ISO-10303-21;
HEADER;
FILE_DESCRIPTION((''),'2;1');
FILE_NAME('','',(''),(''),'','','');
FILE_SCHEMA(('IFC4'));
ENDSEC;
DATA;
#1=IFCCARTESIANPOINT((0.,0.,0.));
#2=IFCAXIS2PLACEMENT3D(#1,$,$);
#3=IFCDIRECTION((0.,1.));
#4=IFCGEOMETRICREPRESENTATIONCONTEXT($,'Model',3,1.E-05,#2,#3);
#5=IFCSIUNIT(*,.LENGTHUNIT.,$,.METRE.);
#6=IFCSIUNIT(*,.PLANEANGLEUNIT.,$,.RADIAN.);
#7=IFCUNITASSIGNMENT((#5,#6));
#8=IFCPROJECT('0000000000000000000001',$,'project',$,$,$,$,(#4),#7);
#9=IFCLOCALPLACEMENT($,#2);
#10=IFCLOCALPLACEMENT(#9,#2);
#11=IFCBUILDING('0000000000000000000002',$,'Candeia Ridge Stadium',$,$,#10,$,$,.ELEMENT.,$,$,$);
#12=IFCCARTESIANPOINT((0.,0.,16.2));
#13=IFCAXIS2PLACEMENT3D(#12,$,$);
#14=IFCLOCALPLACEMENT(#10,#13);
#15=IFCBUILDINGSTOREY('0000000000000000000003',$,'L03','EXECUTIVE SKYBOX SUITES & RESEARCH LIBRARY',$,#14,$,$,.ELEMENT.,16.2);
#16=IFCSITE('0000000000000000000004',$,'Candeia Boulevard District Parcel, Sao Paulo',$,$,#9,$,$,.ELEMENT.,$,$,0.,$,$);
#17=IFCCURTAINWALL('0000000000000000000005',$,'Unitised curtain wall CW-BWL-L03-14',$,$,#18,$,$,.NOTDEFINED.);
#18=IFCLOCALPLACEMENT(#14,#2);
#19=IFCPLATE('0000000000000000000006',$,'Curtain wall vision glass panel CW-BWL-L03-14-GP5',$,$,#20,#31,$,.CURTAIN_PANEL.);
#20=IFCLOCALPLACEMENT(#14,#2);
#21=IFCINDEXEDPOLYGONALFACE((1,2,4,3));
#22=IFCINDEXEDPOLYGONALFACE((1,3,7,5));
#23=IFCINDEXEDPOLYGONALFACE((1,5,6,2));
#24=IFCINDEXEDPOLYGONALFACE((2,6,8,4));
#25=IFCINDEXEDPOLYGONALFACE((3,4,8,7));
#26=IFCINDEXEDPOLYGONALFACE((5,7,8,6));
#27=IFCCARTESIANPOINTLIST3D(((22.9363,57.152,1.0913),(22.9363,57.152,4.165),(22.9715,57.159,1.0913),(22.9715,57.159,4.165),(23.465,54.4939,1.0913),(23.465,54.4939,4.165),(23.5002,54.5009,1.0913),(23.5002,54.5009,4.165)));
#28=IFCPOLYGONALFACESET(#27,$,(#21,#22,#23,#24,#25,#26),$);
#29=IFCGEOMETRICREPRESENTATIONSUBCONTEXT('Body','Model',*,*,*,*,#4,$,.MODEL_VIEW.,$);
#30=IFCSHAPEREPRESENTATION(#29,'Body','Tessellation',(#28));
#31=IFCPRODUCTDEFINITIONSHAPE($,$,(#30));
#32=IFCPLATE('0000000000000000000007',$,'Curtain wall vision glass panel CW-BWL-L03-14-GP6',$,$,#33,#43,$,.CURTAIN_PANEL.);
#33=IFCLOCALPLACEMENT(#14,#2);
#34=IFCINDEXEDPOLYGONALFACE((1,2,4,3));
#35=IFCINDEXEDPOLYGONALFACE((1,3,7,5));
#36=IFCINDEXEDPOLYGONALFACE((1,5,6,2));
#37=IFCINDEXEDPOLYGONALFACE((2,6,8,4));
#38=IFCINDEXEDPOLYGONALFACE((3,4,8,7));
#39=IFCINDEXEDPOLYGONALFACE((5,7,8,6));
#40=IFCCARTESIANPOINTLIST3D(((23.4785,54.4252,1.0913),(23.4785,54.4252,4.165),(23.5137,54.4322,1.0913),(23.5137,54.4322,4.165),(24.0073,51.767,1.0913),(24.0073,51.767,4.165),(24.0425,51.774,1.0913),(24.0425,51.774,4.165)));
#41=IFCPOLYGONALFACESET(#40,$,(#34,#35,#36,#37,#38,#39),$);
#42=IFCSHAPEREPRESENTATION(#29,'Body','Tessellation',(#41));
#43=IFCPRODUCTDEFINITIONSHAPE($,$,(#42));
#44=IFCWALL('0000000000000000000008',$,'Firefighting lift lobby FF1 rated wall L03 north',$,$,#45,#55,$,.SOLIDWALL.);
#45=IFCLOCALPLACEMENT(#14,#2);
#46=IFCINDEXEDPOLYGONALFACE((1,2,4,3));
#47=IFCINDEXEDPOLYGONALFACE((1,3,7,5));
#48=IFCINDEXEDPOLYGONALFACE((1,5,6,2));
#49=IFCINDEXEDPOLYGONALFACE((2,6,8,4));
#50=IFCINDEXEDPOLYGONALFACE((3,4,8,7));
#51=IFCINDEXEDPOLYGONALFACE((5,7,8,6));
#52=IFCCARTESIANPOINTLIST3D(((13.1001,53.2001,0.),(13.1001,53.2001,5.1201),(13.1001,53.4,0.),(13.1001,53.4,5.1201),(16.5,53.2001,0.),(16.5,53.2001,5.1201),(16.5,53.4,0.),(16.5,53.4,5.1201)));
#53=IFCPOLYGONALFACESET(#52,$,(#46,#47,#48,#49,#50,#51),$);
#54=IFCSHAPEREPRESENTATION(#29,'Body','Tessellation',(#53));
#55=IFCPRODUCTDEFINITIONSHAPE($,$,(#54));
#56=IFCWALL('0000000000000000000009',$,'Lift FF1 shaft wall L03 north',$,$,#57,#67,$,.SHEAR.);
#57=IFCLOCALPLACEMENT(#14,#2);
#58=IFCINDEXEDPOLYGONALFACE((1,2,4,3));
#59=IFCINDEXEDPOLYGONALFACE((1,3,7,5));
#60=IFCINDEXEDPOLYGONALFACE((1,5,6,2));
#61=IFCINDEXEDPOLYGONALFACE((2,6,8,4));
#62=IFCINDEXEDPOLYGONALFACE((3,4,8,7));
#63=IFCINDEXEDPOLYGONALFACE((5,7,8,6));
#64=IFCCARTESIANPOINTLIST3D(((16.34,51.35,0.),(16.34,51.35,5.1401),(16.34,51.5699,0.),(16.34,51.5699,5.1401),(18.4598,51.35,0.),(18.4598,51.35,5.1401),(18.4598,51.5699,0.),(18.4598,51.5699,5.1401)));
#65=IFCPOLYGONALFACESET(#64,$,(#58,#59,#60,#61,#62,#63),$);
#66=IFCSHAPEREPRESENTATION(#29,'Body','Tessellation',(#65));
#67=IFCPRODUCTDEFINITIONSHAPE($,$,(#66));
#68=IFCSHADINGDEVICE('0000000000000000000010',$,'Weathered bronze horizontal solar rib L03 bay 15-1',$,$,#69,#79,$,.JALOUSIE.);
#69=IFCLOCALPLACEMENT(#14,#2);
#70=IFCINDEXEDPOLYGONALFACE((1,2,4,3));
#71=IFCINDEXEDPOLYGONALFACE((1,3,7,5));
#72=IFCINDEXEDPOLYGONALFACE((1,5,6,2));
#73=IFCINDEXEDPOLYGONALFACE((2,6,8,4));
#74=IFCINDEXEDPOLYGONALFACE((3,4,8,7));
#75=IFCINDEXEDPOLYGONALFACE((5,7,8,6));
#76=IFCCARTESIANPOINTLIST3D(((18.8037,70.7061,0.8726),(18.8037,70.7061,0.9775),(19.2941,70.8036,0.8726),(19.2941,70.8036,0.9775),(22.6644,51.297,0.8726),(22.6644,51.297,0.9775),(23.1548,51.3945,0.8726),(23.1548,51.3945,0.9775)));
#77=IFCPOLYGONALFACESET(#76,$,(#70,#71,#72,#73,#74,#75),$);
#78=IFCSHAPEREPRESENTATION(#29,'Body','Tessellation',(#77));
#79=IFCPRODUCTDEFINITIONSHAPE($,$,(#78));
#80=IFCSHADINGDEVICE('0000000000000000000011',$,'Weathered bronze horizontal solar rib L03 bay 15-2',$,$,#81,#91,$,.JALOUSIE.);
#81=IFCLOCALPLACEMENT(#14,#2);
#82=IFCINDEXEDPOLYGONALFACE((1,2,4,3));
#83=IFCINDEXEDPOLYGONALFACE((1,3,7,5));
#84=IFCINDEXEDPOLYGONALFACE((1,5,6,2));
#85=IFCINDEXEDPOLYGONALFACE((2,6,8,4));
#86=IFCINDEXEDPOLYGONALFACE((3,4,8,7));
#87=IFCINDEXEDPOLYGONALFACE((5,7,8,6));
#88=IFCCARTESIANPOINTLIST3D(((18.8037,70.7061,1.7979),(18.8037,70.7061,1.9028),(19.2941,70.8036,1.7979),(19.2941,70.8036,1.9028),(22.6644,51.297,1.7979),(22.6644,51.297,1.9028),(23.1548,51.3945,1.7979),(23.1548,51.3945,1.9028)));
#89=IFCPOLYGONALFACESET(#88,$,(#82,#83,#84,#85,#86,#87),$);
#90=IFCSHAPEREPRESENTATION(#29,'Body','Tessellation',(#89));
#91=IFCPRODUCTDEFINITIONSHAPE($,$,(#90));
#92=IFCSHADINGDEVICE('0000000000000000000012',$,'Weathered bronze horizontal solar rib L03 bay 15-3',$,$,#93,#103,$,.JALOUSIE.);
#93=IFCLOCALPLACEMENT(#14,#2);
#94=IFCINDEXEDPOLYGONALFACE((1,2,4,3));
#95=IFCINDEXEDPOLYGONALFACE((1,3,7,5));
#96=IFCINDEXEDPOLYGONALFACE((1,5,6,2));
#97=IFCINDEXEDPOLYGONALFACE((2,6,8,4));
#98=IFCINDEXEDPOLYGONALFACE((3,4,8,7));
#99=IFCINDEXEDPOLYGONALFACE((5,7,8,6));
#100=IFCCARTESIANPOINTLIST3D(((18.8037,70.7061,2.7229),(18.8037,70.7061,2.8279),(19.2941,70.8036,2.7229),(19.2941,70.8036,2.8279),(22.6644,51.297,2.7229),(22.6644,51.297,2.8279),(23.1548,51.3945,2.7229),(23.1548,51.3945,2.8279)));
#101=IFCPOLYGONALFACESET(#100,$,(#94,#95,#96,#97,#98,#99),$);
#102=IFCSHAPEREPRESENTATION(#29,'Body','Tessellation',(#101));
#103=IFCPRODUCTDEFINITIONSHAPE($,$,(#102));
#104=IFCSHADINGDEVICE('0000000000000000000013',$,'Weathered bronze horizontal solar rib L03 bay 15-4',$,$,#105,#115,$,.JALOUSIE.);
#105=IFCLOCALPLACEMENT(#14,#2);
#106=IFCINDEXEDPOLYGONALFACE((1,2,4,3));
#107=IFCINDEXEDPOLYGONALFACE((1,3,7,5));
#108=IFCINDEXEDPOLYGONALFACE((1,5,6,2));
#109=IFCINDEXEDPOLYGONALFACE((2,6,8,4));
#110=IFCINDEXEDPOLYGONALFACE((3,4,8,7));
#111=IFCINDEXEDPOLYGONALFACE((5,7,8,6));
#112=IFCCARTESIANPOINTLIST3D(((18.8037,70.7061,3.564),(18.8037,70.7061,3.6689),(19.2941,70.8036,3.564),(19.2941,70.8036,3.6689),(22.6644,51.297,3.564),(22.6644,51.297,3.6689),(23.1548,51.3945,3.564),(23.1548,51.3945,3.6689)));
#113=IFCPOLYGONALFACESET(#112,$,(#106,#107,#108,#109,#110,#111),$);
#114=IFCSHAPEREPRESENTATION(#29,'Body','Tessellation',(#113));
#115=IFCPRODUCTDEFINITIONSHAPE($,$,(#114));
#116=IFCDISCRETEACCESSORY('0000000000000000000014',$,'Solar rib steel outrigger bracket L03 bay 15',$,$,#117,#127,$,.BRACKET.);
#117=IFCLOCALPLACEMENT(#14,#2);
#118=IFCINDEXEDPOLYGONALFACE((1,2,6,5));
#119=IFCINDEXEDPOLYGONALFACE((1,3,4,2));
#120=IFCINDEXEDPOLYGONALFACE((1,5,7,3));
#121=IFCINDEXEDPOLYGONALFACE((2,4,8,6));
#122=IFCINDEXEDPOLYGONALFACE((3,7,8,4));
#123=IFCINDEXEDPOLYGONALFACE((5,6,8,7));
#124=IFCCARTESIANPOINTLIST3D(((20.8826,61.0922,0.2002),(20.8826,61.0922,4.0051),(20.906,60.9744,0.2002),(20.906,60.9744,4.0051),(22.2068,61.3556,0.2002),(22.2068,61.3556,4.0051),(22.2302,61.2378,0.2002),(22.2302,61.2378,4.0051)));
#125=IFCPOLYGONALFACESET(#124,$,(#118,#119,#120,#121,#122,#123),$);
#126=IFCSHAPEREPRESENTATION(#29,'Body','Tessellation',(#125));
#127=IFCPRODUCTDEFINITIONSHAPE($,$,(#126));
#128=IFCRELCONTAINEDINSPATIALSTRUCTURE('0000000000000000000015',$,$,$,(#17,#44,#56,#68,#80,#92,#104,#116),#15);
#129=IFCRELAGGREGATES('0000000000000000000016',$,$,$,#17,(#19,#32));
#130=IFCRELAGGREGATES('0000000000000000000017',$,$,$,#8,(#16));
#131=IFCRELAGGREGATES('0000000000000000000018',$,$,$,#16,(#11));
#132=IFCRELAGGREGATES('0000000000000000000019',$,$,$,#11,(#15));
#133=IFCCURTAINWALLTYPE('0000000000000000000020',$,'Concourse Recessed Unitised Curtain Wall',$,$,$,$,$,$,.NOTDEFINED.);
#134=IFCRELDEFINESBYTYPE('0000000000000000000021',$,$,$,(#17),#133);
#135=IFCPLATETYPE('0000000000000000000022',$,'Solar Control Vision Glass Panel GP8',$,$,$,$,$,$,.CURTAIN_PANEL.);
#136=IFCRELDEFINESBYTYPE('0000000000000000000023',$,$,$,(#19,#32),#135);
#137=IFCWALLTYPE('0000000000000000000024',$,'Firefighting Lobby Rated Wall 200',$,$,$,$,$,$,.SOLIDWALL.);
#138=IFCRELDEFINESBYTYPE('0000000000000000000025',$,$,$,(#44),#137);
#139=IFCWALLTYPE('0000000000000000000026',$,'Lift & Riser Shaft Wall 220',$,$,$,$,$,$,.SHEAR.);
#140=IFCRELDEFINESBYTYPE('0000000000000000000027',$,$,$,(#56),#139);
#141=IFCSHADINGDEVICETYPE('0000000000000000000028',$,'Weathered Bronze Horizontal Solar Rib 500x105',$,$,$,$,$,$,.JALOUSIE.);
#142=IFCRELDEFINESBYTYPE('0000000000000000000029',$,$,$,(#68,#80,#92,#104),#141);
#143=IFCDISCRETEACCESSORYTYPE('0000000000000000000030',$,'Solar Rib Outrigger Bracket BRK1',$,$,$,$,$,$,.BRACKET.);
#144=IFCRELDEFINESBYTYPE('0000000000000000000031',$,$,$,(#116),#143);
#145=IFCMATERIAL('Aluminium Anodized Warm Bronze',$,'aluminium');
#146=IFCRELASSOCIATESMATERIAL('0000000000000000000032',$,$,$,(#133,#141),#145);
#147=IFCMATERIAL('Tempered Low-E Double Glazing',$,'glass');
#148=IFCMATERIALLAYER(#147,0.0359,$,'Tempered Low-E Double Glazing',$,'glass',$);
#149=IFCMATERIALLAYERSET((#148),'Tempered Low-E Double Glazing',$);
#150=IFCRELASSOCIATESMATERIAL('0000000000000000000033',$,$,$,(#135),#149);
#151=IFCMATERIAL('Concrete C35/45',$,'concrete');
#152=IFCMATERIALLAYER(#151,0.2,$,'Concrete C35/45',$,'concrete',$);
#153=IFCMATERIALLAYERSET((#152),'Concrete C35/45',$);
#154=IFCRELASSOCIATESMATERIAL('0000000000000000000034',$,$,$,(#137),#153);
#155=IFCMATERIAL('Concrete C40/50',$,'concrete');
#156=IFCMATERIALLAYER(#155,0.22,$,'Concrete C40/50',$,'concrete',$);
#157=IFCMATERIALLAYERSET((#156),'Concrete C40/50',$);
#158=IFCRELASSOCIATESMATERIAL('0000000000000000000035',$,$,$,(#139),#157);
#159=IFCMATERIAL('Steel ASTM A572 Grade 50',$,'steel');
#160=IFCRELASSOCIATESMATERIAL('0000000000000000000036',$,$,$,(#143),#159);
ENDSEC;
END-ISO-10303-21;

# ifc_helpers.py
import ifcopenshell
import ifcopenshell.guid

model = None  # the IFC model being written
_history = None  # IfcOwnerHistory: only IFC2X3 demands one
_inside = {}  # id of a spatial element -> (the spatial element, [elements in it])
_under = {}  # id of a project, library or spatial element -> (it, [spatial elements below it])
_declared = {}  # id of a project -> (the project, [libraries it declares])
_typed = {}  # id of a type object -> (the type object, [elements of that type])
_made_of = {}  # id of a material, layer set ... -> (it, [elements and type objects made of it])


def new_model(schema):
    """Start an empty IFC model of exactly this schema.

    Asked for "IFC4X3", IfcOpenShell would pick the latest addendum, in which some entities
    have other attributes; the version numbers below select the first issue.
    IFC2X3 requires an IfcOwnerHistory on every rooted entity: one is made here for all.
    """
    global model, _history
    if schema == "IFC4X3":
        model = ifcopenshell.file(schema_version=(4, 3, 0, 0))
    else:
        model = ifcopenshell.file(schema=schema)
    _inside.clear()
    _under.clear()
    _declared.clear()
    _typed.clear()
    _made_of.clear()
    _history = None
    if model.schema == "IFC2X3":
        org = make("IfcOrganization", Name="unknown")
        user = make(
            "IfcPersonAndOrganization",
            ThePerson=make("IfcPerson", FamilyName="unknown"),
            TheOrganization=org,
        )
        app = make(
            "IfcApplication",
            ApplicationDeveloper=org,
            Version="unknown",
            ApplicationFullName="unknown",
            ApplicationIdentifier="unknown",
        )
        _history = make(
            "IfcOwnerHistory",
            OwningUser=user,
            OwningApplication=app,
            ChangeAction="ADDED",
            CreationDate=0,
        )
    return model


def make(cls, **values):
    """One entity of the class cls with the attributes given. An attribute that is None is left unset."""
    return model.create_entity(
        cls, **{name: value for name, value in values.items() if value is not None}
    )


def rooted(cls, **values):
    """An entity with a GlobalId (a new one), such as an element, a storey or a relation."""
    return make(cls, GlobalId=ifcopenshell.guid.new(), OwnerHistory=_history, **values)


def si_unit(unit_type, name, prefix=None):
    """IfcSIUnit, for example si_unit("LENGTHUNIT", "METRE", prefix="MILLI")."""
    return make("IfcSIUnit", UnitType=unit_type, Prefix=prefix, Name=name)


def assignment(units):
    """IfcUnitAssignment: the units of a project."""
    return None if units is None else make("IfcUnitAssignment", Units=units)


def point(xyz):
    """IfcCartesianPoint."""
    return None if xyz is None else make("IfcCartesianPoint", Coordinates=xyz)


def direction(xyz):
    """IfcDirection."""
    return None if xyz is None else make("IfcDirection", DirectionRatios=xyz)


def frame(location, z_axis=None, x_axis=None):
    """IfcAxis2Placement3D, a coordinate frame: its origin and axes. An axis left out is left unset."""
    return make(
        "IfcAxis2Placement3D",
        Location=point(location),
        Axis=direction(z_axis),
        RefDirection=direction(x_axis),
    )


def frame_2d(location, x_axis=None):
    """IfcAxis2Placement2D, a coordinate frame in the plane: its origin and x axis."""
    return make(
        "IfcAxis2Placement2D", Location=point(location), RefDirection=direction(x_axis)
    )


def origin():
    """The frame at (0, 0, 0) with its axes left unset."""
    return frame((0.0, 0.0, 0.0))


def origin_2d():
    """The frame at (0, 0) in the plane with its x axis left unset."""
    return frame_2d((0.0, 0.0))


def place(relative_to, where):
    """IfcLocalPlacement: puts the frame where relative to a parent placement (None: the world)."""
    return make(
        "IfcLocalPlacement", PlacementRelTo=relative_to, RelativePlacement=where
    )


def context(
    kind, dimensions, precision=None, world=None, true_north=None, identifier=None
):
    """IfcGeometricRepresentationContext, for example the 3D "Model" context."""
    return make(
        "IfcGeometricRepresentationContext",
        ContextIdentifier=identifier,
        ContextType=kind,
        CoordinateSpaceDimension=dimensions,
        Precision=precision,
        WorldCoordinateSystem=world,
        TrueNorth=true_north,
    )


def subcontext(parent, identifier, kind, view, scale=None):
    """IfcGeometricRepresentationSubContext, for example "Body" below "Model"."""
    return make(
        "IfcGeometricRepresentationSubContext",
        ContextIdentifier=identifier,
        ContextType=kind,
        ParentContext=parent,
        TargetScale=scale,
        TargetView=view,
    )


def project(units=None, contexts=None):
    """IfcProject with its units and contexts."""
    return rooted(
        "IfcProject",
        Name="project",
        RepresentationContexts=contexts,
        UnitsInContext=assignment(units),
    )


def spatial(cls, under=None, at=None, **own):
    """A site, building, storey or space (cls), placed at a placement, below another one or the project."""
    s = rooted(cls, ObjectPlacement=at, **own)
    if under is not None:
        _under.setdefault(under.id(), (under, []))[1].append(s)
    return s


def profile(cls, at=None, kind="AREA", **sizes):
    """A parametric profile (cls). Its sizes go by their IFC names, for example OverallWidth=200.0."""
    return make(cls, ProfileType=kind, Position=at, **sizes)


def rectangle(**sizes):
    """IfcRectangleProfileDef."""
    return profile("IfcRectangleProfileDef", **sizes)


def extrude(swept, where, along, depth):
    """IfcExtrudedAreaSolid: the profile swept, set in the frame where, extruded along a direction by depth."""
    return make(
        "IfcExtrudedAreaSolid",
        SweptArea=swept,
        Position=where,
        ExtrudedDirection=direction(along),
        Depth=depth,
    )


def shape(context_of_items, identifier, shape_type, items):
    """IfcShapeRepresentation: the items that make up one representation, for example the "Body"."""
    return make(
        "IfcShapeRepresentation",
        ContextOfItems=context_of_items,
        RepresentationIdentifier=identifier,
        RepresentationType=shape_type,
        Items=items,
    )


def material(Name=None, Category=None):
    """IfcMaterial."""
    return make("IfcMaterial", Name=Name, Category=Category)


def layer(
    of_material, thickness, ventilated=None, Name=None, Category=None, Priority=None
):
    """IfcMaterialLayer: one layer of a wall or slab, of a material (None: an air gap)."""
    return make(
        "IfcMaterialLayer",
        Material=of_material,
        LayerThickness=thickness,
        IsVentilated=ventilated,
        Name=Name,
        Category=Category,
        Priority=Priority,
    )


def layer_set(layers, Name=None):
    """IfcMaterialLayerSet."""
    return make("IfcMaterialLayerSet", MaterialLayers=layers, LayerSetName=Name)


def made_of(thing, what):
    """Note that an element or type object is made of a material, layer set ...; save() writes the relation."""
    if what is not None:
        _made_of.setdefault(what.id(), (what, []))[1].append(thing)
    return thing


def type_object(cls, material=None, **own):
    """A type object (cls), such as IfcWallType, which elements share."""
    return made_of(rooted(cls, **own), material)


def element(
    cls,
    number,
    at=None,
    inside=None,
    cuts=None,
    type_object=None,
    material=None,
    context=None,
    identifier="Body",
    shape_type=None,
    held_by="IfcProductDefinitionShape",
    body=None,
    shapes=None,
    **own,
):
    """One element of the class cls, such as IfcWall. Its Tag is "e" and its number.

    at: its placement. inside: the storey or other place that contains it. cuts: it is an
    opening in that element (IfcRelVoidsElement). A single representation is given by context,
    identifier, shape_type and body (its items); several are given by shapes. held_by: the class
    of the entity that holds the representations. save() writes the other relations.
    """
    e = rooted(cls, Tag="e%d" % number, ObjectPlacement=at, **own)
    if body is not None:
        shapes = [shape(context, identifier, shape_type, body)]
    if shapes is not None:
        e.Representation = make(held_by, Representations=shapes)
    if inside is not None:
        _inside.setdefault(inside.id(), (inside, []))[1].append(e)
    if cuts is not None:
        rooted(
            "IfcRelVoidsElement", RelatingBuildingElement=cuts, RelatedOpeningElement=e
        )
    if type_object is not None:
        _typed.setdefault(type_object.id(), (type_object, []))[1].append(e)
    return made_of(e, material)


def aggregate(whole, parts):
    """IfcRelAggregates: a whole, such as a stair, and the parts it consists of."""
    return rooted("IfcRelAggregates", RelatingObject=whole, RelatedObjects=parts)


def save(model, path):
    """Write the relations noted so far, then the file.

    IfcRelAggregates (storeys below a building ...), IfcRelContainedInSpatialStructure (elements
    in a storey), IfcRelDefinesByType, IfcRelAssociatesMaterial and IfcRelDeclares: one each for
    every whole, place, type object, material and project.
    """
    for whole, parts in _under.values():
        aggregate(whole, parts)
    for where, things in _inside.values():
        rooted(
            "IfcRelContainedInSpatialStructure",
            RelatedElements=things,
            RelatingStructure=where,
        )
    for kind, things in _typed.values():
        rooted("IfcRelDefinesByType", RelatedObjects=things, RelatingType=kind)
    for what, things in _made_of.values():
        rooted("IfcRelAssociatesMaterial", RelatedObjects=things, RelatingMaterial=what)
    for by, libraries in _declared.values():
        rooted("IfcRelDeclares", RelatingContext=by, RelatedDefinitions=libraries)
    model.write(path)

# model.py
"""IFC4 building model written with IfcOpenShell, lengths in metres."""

from ifc_helpers import new_model, si_unit, direction, frame, frame_2d, origin, origin_2d, place, context, subcontext, project, spatial, rectangle, extrude, material, layer, layer_set, type_object, element, aggregate, save


model = new_model("IFC4")

# Units and contexts
model_context = context("Model", 3, precision=1e-05, world=origin(), true_north=direction((0.0, 1.0)))
body_context = subcontext(model_context, "Body", "Model", "MODEL_VIEW")
ifc_project = project(units=[si_unit("LENGTHUNIT", "METRE"), si_unit("PLANEANGLEUNIT", "RADIAN")], contexts=[model_context])

# Site, building, storey
site_placement = place(None, origin())
site = spatial("IfcSite", under=ifc_project, at=site_placement, Name="Candeia Boulevard District Parcel, Sao Paulo", CompositionType="ELEMENT", RefElevation=0.0)
building_placement = place(site_placement, origin())
building = spatial("IfcBuilding", under=site, at=building_placement, Name="Candeia Ridge Stadium", CompositionType="ELEMENT")
storey_placement = place(building_placement, frame((0.0, 0.0, 16.2)))
storey = spatial("IfcBuildingStorey", under=building, at=storey_placement, Name="L03", Description="EXECUTIVE SKYBOX SUITES & RESEARCH LIBRARY", CompositionType="ELEMENT", Elevation=16.2)

# Shared definitions
ifc_material_1 = material(Name="Concrete C40/50", Category="concrete")

# Curtain wall
ifc_material_2 = material(Name="Aluminium Anodized Warm Bronze", Category="aluminium")
curtain_wall_type = type_object("IfcCurtainWallType", Name="Concourse Recessed Unitised Curtain Wall", PredefinedType="NOTDEFINED", material=ifc_material_2)
curtain_wall_1_placement = place(storey_placement, origin())
curtain_wall_1 = element("IfcCurtainWall", 1, at=curtain_wall_1_placement, inside=storey, type_object=curtain_wall_type, Name="Unitised curtain wall CW-BWL-L03-14", PredefinedType="NOTDEFINED")

# Plates
ifc_material_3 = material(Name="Tempered Low-E Double Glazing", Category="glass")
ifc_layer_1 = layer(ifc_material_3, 0.0359, Name="Tempered Low-E Double Glazing", Category="glass")
ifc_layer_set_1 = layer_set([ifc_layer_1], Name="Tempered Low-E Double Glazing")
plate_type_1 = type_object("IfcPlateType", Name="Solar Control Vision Glass Panel GP8", PredefinedType="CURTAIN_PANEL", material=ifc_layer_set_1)
plate_1_placement = place(storey_placement, frame((23.2183, 55.8264, 1.0913), z_axis=(0.0, 0.0, 1.0), x_axis=(0.19509, -0.980785, 0.0)))
plate_1 = element("IfcPlate", 2, at=plate_1_placement, type_object=plate_type_1, Name="Curtain wall vision glass panel CW-BWL-L03-14-GP5", PredefinedType="CURTAIN_PANEL", context=body_context, shape_type="SweptSolid", body=[
    extrude(rectangle(XDim=2.7102, YDim=0.0359, at=origin_2d()), origin(), (0.0, 0.0, 1.0), 3.0737),
])
plate_2_placement = place(storey_placement, frame((23.7605, 53.0996, 1.0913), z_axis=(0.0, 0.0, 1.0), x_axis=(0.19509, -0.980785, 0.0)))
plate_2 = element("IfcPlate", 3, at=plate_2_placement, type_object=plate_type_1, Name="Curtain wall vision glass panel CW-BWL-L03-14-GP6", PredefinedType="CURTAIN_PANEL", context=body_context, shape_type="SweptSolid", body=[
    extrude(rectangle(XDim=2.7102, YDim=0.0359, at=origin_2d()), origin(), (0.0, 0.0, 1.0), 3.0737),
])
aggregate(curtain_wall_1, [plate_1, plate_2])

# Walls
ifc_material_4 = material(Name="Concrete C35/45", Category="concrete")
ifc_layer_2 = layer(ifc_material_4, 0.2, Name="Concrete C35/45", Category="concrete")
ifc_layer_set_2 = layer_set([ifc_layer_2], Name="Concrete C35/45")
wall_type_1 = type_object("IfcWallType", Name="Firefighting Lobby Rated Wall 200", PredefinedType="SOLIDWALL", material=ifc_layer_set_2)
wall_1_placement = place(storey_placement, frame((16.5, 53.3, 0.0), z_axis=(0.0, 0.0, 1.0), x_axis=(-1.0, 0.0, 0.0)))
element("IfcWall", 4, at=wall_1_placement, inside=storey, type_object=wall_type_1, Name="Firefighting lift lobby FF1 rated wall L03 north", PredefinedType="SOLIDWALL", context=body_context, shape_type="SweptSolid", body=[
    extrude(rectangle(XDim=3.3999, YDim=0.2, at=frame_2d((1.7, 0.0))), origin(), (0.0, 0.0, 1.0), 5.1201),
])
ifc_layer_3 = layer(ifc_material_1, 0.22, Name="Concrete C40/50", Category="concrete")
ifc_layer_set_3 = layer_set([ifc_layer_3], Name="Concrete C40/50")
wall_type_2 = type_object("IfcWallType", Name="Lift & Riser Shaft Wall 220", PredefinedType="SHEAR", material=ifc_layer_set_3)
wall_2_placement = place(storey_placement, frame((18.46, 51.46, 0.0), z_axis=(0.0, 0.0, 1.0), x_axis=(-1.0, 0.0, 0.0)))
element("IfcWall", 5, at=wall_2_placement, inside=storey, type_object=wall_type_2, Name="Lift FF1 shaft wall L03 north", PredefinedType="SHEAR", context=body_context, shape_type="SweptSolid", body=[
    extrude(rectangle(XDim=2.1199, YDim=0.22, at=frame_2d((1.0601, 0.0))), origin(), (0.0, 0.0, 1.0), 5.1401),
])

# Shading devices
shading_device_type = type_object("IfcShadingDeviceType", Name="Weathered Bronze Horizontal Solar Rib 500x105", PredefinedType="JALOUSIE", material=ifc_material_2)
for number, where, z_axis, x_axis, name in (
    (6, (20.9792, 61.0503, 0.8726), (0.0, 0.0, 1.0), (0.19509, -0.980785, 0.0), "Weathered bronze horizontal solar rib L03 bay 15-1"),
    (7, (20.9792, 61.0503, 1.7979), (0.0, 0.0, 1.0), (0.19509, -0.980785, 0.0), "Weathered bronze horizontal solar rib L03 bay 15-2"),
    (8, (20.9792, 61.0503, 2.7229), (0.0, 0.0, 1.0), (0.19509, -0.980785, 0.0), "Weathered bronze horizontal solar rib L03 bay 15-3"),
    (9, (20.9792, 61.0503, 3.564), (0.0, 0.0, 1.0), (0.19509, -0.980785, 0.0), "Weathered bronze horizontal solar rib L03 bay 15-4"),
):
    element("IfcShadingDevice", number, at=place(storey_placement, frame(where, z_axis=z_axis, x_axis=x_axis)), inside=storey, type_object=shading_device_type, Name=name, PredefinedType="JALOUSIE", context=body_context, shape_type="SweptSolid", body=[
        extrude(rectangle(XDim=19.7893, YDim=0.5, at=origin_2d()), origin(), (0.0, 0.0, 1.0), 0.105),
    ])

# Discrete accessory
ifc_material_5 = material(Name="Steel ASTM A572 Grade 50", Category="steel")
discrete_accessory_type = type_object("IfcDiscreteAccessoryType", Name="Solar Rib Outrigger Bracket BRK1", PredefinedType="BRACKET", material=ifc_material_5)
discrete_accessory_placement = place(storey_placement, frame((21.5564, 61.165, 0.2002), z_axis=(0.0, 0.0, 1.0), x_axis=(-0.980785, -0.19509, 0.0)))
element("IfcDiscreteAccessory", 10, at=discrete_accessory_placement, inside=storey, type_object=discrete_accessory_type, Name="Solar rib steel outrigger bracket L03 bay 15", PredefinedType="BRACKET", context=body_context, shape_type="SweptSolid", body=[
    extrude(rectangle(XDim=1.3501, YDim=0.1201, at=origin_2d()), origin(), (0.0, 0.0, 1.0), 3.8049),
])

save(model, "model.ifc")
